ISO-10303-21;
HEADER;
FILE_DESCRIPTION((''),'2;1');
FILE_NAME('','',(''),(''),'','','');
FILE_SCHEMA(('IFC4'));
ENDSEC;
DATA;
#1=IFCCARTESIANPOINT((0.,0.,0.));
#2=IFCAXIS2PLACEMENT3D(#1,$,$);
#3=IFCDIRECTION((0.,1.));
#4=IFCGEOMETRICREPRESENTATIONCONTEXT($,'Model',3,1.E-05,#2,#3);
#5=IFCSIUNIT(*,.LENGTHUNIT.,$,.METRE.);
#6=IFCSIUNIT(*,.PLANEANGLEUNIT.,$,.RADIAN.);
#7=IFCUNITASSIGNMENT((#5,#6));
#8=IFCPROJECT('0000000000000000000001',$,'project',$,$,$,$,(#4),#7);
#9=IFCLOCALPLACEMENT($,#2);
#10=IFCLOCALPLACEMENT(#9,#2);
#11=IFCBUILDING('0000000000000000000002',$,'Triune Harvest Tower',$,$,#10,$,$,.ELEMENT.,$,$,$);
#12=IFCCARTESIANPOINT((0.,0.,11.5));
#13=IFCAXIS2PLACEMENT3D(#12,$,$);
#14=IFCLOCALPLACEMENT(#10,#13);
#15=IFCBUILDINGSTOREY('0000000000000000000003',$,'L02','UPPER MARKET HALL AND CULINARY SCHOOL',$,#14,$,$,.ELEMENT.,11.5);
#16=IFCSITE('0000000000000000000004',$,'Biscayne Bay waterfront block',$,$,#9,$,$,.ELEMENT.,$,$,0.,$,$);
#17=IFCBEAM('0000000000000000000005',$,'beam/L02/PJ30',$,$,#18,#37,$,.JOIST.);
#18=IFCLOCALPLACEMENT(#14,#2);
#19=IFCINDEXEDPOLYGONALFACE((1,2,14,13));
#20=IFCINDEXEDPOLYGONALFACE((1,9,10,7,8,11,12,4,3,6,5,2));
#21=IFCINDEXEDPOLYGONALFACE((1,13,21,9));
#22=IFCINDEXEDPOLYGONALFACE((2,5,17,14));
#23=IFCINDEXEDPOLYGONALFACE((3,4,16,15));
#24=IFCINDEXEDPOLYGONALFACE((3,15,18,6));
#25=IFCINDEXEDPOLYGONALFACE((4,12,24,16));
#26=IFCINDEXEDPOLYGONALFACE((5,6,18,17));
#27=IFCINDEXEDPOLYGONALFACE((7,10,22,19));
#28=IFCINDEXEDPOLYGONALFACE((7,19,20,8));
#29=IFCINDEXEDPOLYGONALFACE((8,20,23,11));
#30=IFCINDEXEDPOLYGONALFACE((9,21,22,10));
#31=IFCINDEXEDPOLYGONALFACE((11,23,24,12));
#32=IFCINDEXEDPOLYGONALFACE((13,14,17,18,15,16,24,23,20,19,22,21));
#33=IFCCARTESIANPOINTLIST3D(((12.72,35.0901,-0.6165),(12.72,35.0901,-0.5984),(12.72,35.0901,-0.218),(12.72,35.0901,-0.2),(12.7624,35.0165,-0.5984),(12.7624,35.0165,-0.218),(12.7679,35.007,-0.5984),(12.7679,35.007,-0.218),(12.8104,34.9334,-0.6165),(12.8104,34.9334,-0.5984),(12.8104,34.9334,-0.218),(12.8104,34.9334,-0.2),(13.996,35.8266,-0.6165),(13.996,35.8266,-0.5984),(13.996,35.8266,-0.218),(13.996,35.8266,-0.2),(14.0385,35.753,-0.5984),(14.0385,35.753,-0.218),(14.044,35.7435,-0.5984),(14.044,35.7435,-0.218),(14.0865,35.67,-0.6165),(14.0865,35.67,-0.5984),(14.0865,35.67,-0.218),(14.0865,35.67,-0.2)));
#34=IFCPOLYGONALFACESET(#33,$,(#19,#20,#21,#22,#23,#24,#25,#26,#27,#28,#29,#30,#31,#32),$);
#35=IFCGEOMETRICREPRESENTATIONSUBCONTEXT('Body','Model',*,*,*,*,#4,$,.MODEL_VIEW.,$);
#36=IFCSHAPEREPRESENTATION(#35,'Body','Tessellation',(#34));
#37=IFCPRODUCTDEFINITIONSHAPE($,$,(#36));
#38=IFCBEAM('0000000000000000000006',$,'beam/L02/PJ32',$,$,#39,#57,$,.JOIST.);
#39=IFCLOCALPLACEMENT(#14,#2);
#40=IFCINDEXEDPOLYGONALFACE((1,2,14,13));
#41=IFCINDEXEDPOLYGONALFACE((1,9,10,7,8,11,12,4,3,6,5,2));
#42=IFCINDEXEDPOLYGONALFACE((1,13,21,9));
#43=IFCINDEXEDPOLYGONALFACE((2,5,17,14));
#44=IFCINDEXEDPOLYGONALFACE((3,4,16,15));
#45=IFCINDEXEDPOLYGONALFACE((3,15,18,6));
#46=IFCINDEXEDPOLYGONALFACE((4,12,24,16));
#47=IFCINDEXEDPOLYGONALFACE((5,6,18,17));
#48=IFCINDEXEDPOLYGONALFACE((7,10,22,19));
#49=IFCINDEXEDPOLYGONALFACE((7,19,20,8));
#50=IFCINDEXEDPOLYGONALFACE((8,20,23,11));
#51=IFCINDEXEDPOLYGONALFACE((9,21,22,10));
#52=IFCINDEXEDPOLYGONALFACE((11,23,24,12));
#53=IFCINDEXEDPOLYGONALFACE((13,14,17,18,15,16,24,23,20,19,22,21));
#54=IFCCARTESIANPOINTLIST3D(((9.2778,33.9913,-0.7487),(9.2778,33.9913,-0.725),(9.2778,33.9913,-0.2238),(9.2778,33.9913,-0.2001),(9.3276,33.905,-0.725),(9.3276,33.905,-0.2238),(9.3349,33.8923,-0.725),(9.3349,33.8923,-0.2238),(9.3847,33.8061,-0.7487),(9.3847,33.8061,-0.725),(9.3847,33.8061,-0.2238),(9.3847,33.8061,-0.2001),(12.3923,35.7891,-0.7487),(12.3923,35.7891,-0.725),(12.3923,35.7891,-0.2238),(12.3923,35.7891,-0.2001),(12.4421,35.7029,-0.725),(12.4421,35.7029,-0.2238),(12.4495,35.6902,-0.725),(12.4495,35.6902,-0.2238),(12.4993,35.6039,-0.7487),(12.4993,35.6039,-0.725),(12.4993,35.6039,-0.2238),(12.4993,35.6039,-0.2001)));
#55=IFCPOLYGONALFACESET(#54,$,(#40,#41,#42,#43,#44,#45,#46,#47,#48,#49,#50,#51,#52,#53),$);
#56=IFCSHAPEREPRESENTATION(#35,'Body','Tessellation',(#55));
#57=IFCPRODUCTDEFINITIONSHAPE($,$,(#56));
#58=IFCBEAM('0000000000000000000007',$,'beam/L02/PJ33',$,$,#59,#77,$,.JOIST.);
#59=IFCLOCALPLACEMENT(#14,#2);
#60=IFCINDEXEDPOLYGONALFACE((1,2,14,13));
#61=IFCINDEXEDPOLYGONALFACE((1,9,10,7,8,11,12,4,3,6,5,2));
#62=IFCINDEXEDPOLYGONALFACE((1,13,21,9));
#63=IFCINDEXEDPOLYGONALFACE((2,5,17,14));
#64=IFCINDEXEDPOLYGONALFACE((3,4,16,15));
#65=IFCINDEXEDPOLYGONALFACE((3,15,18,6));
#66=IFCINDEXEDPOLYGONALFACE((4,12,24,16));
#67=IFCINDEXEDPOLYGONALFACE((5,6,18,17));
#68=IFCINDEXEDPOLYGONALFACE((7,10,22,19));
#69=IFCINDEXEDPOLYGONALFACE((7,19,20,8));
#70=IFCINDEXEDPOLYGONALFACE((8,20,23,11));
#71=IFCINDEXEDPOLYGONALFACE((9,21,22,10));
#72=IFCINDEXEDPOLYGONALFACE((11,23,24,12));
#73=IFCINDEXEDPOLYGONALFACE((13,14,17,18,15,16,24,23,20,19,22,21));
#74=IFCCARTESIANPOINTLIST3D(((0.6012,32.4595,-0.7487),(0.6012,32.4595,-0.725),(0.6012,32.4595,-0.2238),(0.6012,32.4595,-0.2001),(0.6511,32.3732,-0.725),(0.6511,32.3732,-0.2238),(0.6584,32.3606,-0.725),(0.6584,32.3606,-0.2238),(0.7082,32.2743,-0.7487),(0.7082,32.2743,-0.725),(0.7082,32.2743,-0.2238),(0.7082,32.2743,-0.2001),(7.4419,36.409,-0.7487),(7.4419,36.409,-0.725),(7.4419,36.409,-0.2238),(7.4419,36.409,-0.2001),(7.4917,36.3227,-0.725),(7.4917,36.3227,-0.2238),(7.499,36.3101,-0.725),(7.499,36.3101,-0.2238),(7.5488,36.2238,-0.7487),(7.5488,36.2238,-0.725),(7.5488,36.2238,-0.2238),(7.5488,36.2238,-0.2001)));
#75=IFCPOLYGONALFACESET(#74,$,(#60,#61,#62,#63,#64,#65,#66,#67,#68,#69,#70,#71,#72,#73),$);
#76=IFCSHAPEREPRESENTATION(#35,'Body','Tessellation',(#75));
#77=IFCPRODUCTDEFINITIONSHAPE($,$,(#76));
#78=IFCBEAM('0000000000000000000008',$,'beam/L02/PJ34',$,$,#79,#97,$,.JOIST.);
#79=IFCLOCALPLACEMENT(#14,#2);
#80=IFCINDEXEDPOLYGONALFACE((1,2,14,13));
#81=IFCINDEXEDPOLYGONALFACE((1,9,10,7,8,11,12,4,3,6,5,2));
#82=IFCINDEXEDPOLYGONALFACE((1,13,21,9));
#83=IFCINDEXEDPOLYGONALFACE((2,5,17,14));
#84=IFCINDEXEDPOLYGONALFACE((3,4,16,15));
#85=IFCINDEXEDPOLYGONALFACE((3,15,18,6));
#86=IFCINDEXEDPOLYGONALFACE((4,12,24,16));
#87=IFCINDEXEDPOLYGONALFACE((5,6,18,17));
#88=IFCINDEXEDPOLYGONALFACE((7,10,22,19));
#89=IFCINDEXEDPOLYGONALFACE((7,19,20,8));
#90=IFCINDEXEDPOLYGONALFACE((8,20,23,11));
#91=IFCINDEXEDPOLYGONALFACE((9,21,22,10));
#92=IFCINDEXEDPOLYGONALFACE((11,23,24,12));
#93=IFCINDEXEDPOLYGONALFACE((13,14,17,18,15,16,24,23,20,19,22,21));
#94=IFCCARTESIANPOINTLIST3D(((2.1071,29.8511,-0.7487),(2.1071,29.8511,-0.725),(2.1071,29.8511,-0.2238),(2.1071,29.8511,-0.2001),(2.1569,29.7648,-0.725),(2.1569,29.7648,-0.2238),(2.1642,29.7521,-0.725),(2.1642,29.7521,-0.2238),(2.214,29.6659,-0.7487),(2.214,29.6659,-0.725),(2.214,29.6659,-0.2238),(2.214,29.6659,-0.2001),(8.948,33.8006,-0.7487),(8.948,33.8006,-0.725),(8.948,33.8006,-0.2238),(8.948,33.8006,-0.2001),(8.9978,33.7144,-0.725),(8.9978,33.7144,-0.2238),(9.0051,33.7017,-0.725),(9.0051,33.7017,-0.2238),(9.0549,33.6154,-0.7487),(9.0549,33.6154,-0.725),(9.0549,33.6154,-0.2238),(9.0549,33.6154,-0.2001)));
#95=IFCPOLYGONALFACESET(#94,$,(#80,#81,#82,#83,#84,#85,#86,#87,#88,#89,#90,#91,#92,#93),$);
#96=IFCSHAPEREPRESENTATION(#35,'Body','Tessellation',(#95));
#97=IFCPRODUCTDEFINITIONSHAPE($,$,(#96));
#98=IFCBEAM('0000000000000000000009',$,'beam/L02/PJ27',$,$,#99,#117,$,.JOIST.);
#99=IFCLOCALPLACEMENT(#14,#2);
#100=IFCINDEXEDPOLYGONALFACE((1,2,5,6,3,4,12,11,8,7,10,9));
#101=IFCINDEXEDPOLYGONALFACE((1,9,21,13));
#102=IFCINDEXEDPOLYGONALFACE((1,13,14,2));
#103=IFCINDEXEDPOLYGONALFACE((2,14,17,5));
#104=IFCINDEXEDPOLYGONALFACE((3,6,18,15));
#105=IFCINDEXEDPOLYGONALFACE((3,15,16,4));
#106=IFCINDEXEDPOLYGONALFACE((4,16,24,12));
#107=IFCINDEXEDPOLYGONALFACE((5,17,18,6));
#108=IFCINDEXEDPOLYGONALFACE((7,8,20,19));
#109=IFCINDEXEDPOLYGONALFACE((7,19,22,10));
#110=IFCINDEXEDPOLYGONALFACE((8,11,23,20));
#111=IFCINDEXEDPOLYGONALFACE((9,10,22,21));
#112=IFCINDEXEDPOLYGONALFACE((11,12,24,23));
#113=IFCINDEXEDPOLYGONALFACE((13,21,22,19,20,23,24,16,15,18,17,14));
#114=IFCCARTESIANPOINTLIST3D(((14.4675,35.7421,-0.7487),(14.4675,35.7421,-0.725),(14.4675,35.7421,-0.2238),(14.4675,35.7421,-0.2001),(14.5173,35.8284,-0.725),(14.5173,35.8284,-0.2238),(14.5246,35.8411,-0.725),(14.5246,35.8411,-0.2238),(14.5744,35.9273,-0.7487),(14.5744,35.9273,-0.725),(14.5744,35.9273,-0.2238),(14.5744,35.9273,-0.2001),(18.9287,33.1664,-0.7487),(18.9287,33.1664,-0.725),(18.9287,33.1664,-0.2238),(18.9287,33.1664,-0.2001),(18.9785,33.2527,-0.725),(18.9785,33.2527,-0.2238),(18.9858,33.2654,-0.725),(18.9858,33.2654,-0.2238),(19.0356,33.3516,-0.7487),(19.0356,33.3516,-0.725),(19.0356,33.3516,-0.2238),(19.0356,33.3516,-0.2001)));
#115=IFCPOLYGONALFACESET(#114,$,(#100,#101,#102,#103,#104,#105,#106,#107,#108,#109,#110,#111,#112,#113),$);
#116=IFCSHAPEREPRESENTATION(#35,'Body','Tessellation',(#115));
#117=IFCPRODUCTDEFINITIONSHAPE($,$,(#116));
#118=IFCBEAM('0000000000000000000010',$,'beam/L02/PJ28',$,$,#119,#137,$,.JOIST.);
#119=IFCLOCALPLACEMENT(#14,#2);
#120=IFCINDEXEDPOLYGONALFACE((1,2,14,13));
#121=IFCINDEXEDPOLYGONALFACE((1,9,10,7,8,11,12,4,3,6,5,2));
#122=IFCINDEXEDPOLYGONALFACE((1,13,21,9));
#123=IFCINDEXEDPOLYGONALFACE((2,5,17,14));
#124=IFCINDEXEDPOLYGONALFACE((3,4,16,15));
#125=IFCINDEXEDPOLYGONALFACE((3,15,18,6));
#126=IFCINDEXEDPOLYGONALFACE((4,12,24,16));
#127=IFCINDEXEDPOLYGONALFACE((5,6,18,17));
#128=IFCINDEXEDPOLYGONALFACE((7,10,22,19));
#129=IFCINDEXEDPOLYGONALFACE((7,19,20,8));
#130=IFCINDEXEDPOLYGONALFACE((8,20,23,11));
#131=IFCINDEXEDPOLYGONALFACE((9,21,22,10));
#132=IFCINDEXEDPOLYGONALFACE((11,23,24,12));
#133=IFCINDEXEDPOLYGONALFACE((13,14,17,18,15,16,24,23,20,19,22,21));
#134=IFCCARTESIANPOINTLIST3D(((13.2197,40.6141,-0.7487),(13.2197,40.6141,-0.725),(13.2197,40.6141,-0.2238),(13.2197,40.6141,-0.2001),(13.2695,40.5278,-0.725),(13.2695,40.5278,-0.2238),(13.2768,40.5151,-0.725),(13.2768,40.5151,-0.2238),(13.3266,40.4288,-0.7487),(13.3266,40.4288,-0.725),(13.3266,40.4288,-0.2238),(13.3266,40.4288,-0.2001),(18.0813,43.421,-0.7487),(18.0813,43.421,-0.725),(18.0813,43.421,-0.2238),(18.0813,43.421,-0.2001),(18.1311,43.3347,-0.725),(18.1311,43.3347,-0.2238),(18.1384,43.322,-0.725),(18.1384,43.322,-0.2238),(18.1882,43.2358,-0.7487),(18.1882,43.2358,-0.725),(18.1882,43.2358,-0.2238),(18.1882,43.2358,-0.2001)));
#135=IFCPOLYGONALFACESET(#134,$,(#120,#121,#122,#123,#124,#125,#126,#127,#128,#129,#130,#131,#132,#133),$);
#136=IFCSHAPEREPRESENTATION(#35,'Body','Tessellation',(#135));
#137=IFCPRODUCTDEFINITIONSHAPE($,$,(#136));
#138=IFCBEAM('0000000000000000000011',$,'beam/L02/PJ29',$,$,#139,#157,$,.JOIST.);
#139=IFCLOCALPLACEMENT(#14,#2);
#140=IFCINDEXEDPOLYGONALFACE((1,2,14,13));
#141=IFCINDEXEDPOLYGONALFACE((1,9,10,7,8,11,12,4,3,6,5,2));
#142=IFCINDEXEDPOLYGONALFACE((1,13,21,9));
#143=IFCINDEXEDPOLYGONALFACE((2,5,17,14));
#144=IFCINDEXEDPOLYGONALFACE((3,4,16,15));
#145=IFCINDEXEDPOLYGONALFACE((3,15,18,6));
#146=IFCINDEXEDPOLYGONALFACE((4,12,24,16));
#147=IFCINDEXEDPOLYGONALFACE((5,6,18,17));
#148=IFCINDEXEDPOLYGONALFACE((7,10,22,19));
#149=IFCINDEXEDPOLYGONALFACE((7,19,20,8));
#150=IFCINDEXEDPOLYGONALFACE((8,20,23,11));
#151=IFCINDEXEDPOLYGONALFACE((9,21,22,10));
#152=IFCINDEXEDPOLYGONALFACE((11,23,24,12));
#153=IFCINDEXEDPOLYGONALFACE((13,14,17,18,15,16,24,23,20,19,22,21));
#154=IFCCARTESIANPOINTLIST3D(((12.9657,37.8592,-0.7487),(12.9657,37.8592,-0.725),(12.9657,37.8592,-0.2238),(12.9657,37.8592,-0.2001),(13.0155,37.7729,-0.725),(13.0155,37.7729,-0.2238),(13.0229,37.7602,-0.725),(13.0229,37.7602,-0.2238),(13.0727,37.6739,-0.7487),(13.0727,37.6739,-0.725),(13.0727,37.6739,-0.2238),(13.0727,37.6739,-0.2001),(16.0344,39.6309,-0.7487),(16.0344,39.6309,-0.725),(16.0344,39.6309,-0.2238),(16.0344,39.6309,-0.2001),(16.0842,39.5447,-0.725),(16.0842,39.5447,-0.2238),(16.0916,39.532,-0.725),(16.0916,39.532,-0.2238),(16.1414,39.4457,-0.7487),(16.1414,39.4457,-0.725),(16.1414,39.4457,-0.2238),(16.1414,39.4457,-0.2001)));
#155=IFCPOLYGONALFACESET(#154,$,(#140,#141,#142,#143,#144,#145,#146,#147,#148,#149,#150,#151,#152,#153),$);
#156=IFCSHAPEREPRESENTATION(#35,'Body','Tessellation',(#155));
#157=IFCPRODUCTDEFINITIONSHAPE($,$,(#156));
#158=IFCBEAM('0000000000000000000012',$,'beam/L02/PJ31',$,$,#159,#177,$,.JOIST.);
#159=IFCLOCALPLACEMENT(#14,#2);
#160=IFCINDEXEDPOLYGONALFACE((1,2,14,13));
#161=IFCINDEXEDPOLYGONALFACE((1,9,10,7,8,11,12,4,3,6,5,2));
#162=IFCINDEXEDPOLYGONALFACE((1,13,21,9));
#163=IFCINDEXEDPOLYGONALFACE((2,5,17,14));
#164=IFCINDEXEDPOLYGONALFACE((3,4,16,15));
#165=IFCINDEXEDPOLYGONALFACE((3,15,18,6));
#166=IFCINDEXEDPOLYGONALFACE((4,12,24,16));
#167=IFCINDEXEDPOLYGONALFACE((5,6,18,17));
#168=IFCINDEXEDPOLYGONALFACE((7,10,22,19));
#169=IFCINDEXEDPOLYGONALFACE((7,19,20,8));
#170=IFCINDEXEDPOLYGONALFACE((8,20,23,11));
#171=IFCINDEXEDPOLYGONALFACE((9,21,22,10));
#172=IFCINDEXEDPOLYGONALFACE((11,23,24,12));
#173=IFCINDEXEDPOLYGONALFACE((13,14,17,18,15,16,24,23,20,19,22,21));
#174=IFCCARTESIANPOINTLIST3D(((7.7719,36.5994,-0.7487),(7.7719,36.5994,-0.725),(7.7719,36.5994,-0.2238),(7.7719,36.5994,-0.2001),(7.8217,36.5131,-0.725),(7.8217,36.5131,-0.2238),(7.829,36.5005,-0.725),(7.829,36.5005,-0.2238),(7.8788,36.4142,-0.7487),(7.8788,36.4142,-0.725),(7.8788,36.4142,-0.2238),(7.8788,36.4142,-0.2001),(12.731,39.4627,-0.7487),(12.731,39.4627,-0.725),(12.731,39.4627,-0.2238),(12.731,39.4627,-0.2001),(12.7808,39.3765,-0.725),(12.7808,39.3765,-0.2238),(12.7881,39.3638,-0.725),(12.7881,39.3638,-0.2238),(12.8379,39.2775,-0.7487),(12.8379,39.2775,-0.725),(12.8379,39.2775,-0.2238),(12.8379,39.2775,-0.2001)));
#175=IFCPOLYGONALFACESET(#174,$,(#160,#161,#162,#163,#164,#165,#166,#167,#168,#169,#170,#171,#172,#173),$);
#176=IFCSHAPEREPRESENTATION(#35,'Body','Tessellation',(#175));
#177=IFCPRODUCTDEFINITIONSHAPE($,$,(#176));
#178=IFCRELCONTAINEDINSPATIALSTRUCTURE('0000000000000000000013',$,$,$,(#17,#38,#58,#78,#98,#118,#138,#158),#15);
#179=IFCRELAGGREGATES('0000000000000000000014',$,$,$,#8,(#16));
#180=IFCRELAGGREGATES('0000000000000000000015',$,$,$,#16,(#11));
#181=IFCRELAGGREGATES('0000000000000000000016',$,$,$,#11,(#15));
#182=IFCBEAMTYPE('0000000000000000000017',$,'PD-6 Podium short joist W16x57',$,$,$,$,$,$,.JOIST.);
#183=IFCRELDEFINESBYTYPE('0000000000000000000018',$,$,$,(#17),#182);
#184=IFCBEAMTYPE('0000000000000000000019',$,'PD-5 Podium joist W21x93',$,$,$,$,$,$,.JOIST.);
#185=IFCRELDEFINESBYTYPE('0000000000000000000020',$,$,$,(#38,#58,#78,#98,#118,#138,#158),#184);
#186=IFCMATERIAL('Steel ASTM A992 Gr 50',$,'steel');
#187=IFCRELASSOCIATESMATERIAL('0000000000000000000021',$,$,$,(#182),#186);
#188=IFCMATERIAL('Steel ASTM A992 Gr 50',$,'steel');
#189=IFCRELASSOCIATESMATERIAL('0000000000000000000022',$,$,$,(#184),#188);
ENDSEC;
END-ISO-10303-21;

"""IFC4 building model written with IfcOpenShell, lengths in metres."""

from ifc_helpers import new_model, si_unit, direction, frame, origin, origin_2d, place, context, subcontext, project, spatial, i_section, extrude, source, transform, mapped, material, material_profile, profile_set, type_object, element, save


model = new_model("IFC4")

# Units and contexts
model_context = context("Model", 3, precision=1e-05, world=origin(), true_north=direction((0.0, 1.0)))
body_context = subcontext(model_context, "Body", "Model", "MODEL_VIEW")
ifc_project = project(units=[si_unit("LENGTHUNIT", "METRE"), si_unit("PLANEANGLEUNIT", "RADIAN")], contexts=[model_context])

# Site, building, storey
site_placement = place(None, origin())
site = spatial("IfcSite", under=ifc_project, at=site_placement, Name="Biscayne Bay waterfront block", CompositionType="ELEMENT", RefElevation=0.0)
building_placement = place(site_placement, origin())
building = spatial("IfcBuilding", under=site, at=building_placement, Name="Triune Harvest Tower", CompositionType="ELEMENT")
storey_placement = place(building_placement, frame((0.0, 0.0, 11.5)))
storey = spatial("IfcBuildingStorey", under=building, at=storey_placement, Name="L02", Description="UPPER MARKET HALL AND CULINARY SCHOOL", CompositionType="ELEMENT", Elevation=11.5)

# Beams
ifc_material_1 = material(Name="Steel ASTM A992 Gr 50", Category="steel")
ifc_material_profile_1 = material_profile(ifc_material_1, i_section(OverallWidth=0.1809, OverallDepth=0.4165, WebThickness=0.011, FlangeThickness=0.0181, at=origin_2d()), Name="W16x57")
ifc_profile_set_1 = profile_set([ifc_material_profile_1], Name="Steel ASTM A992 Gr 50")
beam_type_1 = type_object("IfcBeamType", Name="PD-6 Podium short joist W16x57", PredefinedType="JOIST", material=ifc_profile_set_1)
shared_shape_1 = source(origin(), body_context, "Body", "SweptSolid", [
    extrude(i_section(OverallWidth=0.1809, OverallDepth=0.4165, WebThickness=0.011, FlangeThickness=0.0181, at=origin_2d()), origin(), (0.0, 0.0, 1.0), 1.4734),
])
beam_1_placement = place(storey_placement, frame((14.0413, 35.7483, -0.4082), z_axis=(-0.866084, -0.499899, 0.0), x_axis=(0.499899, -0.866084, 0.0)))
element("IfcBeam", 1, at=beam_1_placement, inside=storey, type_object=beam_type_1, Name="beam/L02/PJ30", PredefinedType="JOIST", context=body_context, shape_type="MappedRepresentation", body=[
    mapped(shared_shape_1, transform((0.0, 0.0, 0.0), scale=1.0)),
])
ifc_material_2 = material(Name="Steel ASTM A992 Gr 50", Category="steel")
ifc_material_profile_2 = material_profile(ifc_material_2, i_section(OverallWidth=0.2139, OverallDepth=0.5486, WebThickness=0.0146, FlangeThickness=0.0237, at=origin_2d()), Name="W21x93")
ifc_profile_set_2 = profile_set([ifc_material_profile_2], Name="Steel ASTM A992 Gr 50")
beam_type_2 = type_object("IfcBeamType", Name="PD-5 Podium joist W21x93", PredefinedType="JOIST", material=ifc_profile_set_2)
shared_shape_2 = source(origin(), body_context, "Body", "SweptSolid", [
    extrude(i_section(OverallWidth=0.2139, OverallDepth=0.5486, WebThickness=0.0146, FlangeThickness=0.0237, at=origin_2d()), origin(), (0.0, 0.0, 1.0), 3.5962),
])
beam_2_placement = place(storey_placement, frame((12.4458, 35.6965, -0.4744), z_axis=(-0.866062, -0.499936, 0.0), x_axis=(0.499936, -0.866062, 0.0)))
element("IfcBeam", 2, at=beam_2_placement, inside=storey, type_object=beam_type_2, Name="beam/L02/PJ32", PredefinedType="JOIST", context=body_context, shape_type="MappedRepresentation", body=[
    mapped(shared_shape_2, transform((0.0, 0.0, 0.0), scale=1.0)),
])
shared_shape_3 = source(origin(), body_context, "Body", "SweptSolid", [
    extrude(i_section(OverallWidth=0.2139, OverallDepth=0.5486, WebThickness=0.0146, FlangeThickness=0.0237, at=origin_2d()), origin(), (0.0, 0.0, 1.0), 7.8989),
])
beam_3_placement = place(storey_placement, frame((7.4954, 36.3164, -0.4744), z_axis=(-0.866022, -0.500005, 0.0), x_axis=(0.500005, -0.866022, 0.0)))
element("IfcBeam", 3, at=beam_3_placement, inside=storey, type_object=beam_type_2, Name="beam/L02/PJ33", PredefinedType="JOIST", context=body_context, shape_type="MappedRepresentation", body=[
    mapped(shared_shape_3, transform((0.0, 0.0, 0.0), scale=1.0)),
])
shared_shape_4 = source(origin(), body_context, "Body", "SweptSolid", [
    extrude(i_section(OverallWidth=0.2139, OverallDepth=0.5486, WebThickness=0.0146, FlangeThickness=0.0237, at=origin_2d()), origin(), (0.0, 0.0, 1.0), 7.8992),
])
beam_4_placement = place(storey_placement, frame((9.0015, 33.708, -0.4744), z_axis=(-0.86603, -0.499992, 0.0), x_axis=(0.499992, -0.86603, 0.0)))
element("IfcBeam", 4, at=beam_4_placement, inside=storey, type_object=beam_type_2, Name="beam/L02/PJ34", PredefinedType="JOIST", context=body_context, shape_type="MappedRepresentation", body=[
    mapped(shared_shape_4, transform((0.0, 0.0, 0.0), scale=1.0)),
])
shared_shape_5 = source(origin(), body_context, "Body", "SweptSolid", [
    extrude(i_section(OverallWidth=0.2139, OverallDepth=0.5486, WebThickness=0.0146, FlangeThickness=0.0237, at=origin_2d()), origin(), (0.0, 0.0, 1.0), 5.1514),
])
beam_5_placement = place(storey_placement, frame((18.9822, 33.259, -0.4744), z_axis=(-0.866024, 0.500003, 0.0), x_axis=(-0.500003, -0.866024, 0.0)))
element("IfcBeam", 5, at=beam_5_placement, inside=storey, type_object=beam_type_2, Name="beam/L02/PJ27", PredefinedType="JOIST", context=body_context, shape_type="MappedRepresentation", body=[
    mapped(shared_shape_5, transform((0.0, 0.0, 0.0), scale=1.0)),
])
shared_shape_6 = source(origin(), body_context, "Body", "SweptSolid", [
    extrude(i_section(OverallWidth=0.2139, OverallDepth=0.5486, WebThickness=0.0146, FlangeThickness=0.0237, at=origin_2d()), origin(), (0.0, 0.0, 1.0), 5.6138),
])
beam_6_placement = place(storey_placement, frame((18.1348, 43.3284, -0.4744), z_axis=(-0.866021, -0.500007, 0.0), x_axis=(0.500007, -0.866021, 0.0)))
element("IfcBeam", 6, at=beam_6_placement, inside=storey, type_object=beam_type_2, Name="beam/L02/PJ28", PredefinedType="JOIST", context=body_context, shape_type="MappedRepresentation", body=[
    mapped(shared_shape_6, transform((0.0, 0.0, 0.0), scale=1.0)),
])
shared_shape_7 = source(origin(), body_context, "Body", "SweptSolid", [
    extrude(i_section(OverallWidth=0.2139, OverallDepth=0.5486, WebThickness=0.0146, FlangeThickness=0.0237, at=origin_2d()), origin(), (0.0, 0.0, 1.0), 3.5435),
])
beam_7_placement = place(storey_placement, frame((16.0879, 39.5383, -0.4744), z_axis=(-0.866017, -0.500015, 0.0), x_axis=(0.500015, -0.866017, 0.0)))
element("IfcBeam", 7, at=beam_7_placement, inside=storey, type_object=beam_type_2, Name="beam/L02/PJ29", PredefinedType="JOIST", context=body_context, shape_type="MappedRepresentation", body=[
    mapped(shared_shape_7, transform((0.0, 0.0, 0.0), scale=1.0)),
])
shared_shape_8 = source(origin(), body_context, "Body", "SweptSolid", [
    extrude(i_section(OverallWidth=0.2139, OverallDepth=0.5486, WebThickness=0.0146, FlangeThickness=0.0237, at=origin_2d()), origin(), (0.0, 0.0, 1.0), 5.7263),
])
beam_8_placement = place(storey_placement, frame((12.7844, 39.3701, -0.4744), z_axis=(-0.86601, -0.500028, 0.0), x_axis=(0.500028, -0.86601, 0.0)))
element("IfcBeam", 8, at=beam_8_placement, inside=storey, type_object=beam_type_2, Name="beam/L02/PJ31", PredefinedType="JOIST", context=body_context, shape_type="MappedRepresentation", body=[
    mapped(shared_shape_8, transform((0.0, 0.0, 0.0), scale=1.0)),
])

save(model, "model.ifc")
